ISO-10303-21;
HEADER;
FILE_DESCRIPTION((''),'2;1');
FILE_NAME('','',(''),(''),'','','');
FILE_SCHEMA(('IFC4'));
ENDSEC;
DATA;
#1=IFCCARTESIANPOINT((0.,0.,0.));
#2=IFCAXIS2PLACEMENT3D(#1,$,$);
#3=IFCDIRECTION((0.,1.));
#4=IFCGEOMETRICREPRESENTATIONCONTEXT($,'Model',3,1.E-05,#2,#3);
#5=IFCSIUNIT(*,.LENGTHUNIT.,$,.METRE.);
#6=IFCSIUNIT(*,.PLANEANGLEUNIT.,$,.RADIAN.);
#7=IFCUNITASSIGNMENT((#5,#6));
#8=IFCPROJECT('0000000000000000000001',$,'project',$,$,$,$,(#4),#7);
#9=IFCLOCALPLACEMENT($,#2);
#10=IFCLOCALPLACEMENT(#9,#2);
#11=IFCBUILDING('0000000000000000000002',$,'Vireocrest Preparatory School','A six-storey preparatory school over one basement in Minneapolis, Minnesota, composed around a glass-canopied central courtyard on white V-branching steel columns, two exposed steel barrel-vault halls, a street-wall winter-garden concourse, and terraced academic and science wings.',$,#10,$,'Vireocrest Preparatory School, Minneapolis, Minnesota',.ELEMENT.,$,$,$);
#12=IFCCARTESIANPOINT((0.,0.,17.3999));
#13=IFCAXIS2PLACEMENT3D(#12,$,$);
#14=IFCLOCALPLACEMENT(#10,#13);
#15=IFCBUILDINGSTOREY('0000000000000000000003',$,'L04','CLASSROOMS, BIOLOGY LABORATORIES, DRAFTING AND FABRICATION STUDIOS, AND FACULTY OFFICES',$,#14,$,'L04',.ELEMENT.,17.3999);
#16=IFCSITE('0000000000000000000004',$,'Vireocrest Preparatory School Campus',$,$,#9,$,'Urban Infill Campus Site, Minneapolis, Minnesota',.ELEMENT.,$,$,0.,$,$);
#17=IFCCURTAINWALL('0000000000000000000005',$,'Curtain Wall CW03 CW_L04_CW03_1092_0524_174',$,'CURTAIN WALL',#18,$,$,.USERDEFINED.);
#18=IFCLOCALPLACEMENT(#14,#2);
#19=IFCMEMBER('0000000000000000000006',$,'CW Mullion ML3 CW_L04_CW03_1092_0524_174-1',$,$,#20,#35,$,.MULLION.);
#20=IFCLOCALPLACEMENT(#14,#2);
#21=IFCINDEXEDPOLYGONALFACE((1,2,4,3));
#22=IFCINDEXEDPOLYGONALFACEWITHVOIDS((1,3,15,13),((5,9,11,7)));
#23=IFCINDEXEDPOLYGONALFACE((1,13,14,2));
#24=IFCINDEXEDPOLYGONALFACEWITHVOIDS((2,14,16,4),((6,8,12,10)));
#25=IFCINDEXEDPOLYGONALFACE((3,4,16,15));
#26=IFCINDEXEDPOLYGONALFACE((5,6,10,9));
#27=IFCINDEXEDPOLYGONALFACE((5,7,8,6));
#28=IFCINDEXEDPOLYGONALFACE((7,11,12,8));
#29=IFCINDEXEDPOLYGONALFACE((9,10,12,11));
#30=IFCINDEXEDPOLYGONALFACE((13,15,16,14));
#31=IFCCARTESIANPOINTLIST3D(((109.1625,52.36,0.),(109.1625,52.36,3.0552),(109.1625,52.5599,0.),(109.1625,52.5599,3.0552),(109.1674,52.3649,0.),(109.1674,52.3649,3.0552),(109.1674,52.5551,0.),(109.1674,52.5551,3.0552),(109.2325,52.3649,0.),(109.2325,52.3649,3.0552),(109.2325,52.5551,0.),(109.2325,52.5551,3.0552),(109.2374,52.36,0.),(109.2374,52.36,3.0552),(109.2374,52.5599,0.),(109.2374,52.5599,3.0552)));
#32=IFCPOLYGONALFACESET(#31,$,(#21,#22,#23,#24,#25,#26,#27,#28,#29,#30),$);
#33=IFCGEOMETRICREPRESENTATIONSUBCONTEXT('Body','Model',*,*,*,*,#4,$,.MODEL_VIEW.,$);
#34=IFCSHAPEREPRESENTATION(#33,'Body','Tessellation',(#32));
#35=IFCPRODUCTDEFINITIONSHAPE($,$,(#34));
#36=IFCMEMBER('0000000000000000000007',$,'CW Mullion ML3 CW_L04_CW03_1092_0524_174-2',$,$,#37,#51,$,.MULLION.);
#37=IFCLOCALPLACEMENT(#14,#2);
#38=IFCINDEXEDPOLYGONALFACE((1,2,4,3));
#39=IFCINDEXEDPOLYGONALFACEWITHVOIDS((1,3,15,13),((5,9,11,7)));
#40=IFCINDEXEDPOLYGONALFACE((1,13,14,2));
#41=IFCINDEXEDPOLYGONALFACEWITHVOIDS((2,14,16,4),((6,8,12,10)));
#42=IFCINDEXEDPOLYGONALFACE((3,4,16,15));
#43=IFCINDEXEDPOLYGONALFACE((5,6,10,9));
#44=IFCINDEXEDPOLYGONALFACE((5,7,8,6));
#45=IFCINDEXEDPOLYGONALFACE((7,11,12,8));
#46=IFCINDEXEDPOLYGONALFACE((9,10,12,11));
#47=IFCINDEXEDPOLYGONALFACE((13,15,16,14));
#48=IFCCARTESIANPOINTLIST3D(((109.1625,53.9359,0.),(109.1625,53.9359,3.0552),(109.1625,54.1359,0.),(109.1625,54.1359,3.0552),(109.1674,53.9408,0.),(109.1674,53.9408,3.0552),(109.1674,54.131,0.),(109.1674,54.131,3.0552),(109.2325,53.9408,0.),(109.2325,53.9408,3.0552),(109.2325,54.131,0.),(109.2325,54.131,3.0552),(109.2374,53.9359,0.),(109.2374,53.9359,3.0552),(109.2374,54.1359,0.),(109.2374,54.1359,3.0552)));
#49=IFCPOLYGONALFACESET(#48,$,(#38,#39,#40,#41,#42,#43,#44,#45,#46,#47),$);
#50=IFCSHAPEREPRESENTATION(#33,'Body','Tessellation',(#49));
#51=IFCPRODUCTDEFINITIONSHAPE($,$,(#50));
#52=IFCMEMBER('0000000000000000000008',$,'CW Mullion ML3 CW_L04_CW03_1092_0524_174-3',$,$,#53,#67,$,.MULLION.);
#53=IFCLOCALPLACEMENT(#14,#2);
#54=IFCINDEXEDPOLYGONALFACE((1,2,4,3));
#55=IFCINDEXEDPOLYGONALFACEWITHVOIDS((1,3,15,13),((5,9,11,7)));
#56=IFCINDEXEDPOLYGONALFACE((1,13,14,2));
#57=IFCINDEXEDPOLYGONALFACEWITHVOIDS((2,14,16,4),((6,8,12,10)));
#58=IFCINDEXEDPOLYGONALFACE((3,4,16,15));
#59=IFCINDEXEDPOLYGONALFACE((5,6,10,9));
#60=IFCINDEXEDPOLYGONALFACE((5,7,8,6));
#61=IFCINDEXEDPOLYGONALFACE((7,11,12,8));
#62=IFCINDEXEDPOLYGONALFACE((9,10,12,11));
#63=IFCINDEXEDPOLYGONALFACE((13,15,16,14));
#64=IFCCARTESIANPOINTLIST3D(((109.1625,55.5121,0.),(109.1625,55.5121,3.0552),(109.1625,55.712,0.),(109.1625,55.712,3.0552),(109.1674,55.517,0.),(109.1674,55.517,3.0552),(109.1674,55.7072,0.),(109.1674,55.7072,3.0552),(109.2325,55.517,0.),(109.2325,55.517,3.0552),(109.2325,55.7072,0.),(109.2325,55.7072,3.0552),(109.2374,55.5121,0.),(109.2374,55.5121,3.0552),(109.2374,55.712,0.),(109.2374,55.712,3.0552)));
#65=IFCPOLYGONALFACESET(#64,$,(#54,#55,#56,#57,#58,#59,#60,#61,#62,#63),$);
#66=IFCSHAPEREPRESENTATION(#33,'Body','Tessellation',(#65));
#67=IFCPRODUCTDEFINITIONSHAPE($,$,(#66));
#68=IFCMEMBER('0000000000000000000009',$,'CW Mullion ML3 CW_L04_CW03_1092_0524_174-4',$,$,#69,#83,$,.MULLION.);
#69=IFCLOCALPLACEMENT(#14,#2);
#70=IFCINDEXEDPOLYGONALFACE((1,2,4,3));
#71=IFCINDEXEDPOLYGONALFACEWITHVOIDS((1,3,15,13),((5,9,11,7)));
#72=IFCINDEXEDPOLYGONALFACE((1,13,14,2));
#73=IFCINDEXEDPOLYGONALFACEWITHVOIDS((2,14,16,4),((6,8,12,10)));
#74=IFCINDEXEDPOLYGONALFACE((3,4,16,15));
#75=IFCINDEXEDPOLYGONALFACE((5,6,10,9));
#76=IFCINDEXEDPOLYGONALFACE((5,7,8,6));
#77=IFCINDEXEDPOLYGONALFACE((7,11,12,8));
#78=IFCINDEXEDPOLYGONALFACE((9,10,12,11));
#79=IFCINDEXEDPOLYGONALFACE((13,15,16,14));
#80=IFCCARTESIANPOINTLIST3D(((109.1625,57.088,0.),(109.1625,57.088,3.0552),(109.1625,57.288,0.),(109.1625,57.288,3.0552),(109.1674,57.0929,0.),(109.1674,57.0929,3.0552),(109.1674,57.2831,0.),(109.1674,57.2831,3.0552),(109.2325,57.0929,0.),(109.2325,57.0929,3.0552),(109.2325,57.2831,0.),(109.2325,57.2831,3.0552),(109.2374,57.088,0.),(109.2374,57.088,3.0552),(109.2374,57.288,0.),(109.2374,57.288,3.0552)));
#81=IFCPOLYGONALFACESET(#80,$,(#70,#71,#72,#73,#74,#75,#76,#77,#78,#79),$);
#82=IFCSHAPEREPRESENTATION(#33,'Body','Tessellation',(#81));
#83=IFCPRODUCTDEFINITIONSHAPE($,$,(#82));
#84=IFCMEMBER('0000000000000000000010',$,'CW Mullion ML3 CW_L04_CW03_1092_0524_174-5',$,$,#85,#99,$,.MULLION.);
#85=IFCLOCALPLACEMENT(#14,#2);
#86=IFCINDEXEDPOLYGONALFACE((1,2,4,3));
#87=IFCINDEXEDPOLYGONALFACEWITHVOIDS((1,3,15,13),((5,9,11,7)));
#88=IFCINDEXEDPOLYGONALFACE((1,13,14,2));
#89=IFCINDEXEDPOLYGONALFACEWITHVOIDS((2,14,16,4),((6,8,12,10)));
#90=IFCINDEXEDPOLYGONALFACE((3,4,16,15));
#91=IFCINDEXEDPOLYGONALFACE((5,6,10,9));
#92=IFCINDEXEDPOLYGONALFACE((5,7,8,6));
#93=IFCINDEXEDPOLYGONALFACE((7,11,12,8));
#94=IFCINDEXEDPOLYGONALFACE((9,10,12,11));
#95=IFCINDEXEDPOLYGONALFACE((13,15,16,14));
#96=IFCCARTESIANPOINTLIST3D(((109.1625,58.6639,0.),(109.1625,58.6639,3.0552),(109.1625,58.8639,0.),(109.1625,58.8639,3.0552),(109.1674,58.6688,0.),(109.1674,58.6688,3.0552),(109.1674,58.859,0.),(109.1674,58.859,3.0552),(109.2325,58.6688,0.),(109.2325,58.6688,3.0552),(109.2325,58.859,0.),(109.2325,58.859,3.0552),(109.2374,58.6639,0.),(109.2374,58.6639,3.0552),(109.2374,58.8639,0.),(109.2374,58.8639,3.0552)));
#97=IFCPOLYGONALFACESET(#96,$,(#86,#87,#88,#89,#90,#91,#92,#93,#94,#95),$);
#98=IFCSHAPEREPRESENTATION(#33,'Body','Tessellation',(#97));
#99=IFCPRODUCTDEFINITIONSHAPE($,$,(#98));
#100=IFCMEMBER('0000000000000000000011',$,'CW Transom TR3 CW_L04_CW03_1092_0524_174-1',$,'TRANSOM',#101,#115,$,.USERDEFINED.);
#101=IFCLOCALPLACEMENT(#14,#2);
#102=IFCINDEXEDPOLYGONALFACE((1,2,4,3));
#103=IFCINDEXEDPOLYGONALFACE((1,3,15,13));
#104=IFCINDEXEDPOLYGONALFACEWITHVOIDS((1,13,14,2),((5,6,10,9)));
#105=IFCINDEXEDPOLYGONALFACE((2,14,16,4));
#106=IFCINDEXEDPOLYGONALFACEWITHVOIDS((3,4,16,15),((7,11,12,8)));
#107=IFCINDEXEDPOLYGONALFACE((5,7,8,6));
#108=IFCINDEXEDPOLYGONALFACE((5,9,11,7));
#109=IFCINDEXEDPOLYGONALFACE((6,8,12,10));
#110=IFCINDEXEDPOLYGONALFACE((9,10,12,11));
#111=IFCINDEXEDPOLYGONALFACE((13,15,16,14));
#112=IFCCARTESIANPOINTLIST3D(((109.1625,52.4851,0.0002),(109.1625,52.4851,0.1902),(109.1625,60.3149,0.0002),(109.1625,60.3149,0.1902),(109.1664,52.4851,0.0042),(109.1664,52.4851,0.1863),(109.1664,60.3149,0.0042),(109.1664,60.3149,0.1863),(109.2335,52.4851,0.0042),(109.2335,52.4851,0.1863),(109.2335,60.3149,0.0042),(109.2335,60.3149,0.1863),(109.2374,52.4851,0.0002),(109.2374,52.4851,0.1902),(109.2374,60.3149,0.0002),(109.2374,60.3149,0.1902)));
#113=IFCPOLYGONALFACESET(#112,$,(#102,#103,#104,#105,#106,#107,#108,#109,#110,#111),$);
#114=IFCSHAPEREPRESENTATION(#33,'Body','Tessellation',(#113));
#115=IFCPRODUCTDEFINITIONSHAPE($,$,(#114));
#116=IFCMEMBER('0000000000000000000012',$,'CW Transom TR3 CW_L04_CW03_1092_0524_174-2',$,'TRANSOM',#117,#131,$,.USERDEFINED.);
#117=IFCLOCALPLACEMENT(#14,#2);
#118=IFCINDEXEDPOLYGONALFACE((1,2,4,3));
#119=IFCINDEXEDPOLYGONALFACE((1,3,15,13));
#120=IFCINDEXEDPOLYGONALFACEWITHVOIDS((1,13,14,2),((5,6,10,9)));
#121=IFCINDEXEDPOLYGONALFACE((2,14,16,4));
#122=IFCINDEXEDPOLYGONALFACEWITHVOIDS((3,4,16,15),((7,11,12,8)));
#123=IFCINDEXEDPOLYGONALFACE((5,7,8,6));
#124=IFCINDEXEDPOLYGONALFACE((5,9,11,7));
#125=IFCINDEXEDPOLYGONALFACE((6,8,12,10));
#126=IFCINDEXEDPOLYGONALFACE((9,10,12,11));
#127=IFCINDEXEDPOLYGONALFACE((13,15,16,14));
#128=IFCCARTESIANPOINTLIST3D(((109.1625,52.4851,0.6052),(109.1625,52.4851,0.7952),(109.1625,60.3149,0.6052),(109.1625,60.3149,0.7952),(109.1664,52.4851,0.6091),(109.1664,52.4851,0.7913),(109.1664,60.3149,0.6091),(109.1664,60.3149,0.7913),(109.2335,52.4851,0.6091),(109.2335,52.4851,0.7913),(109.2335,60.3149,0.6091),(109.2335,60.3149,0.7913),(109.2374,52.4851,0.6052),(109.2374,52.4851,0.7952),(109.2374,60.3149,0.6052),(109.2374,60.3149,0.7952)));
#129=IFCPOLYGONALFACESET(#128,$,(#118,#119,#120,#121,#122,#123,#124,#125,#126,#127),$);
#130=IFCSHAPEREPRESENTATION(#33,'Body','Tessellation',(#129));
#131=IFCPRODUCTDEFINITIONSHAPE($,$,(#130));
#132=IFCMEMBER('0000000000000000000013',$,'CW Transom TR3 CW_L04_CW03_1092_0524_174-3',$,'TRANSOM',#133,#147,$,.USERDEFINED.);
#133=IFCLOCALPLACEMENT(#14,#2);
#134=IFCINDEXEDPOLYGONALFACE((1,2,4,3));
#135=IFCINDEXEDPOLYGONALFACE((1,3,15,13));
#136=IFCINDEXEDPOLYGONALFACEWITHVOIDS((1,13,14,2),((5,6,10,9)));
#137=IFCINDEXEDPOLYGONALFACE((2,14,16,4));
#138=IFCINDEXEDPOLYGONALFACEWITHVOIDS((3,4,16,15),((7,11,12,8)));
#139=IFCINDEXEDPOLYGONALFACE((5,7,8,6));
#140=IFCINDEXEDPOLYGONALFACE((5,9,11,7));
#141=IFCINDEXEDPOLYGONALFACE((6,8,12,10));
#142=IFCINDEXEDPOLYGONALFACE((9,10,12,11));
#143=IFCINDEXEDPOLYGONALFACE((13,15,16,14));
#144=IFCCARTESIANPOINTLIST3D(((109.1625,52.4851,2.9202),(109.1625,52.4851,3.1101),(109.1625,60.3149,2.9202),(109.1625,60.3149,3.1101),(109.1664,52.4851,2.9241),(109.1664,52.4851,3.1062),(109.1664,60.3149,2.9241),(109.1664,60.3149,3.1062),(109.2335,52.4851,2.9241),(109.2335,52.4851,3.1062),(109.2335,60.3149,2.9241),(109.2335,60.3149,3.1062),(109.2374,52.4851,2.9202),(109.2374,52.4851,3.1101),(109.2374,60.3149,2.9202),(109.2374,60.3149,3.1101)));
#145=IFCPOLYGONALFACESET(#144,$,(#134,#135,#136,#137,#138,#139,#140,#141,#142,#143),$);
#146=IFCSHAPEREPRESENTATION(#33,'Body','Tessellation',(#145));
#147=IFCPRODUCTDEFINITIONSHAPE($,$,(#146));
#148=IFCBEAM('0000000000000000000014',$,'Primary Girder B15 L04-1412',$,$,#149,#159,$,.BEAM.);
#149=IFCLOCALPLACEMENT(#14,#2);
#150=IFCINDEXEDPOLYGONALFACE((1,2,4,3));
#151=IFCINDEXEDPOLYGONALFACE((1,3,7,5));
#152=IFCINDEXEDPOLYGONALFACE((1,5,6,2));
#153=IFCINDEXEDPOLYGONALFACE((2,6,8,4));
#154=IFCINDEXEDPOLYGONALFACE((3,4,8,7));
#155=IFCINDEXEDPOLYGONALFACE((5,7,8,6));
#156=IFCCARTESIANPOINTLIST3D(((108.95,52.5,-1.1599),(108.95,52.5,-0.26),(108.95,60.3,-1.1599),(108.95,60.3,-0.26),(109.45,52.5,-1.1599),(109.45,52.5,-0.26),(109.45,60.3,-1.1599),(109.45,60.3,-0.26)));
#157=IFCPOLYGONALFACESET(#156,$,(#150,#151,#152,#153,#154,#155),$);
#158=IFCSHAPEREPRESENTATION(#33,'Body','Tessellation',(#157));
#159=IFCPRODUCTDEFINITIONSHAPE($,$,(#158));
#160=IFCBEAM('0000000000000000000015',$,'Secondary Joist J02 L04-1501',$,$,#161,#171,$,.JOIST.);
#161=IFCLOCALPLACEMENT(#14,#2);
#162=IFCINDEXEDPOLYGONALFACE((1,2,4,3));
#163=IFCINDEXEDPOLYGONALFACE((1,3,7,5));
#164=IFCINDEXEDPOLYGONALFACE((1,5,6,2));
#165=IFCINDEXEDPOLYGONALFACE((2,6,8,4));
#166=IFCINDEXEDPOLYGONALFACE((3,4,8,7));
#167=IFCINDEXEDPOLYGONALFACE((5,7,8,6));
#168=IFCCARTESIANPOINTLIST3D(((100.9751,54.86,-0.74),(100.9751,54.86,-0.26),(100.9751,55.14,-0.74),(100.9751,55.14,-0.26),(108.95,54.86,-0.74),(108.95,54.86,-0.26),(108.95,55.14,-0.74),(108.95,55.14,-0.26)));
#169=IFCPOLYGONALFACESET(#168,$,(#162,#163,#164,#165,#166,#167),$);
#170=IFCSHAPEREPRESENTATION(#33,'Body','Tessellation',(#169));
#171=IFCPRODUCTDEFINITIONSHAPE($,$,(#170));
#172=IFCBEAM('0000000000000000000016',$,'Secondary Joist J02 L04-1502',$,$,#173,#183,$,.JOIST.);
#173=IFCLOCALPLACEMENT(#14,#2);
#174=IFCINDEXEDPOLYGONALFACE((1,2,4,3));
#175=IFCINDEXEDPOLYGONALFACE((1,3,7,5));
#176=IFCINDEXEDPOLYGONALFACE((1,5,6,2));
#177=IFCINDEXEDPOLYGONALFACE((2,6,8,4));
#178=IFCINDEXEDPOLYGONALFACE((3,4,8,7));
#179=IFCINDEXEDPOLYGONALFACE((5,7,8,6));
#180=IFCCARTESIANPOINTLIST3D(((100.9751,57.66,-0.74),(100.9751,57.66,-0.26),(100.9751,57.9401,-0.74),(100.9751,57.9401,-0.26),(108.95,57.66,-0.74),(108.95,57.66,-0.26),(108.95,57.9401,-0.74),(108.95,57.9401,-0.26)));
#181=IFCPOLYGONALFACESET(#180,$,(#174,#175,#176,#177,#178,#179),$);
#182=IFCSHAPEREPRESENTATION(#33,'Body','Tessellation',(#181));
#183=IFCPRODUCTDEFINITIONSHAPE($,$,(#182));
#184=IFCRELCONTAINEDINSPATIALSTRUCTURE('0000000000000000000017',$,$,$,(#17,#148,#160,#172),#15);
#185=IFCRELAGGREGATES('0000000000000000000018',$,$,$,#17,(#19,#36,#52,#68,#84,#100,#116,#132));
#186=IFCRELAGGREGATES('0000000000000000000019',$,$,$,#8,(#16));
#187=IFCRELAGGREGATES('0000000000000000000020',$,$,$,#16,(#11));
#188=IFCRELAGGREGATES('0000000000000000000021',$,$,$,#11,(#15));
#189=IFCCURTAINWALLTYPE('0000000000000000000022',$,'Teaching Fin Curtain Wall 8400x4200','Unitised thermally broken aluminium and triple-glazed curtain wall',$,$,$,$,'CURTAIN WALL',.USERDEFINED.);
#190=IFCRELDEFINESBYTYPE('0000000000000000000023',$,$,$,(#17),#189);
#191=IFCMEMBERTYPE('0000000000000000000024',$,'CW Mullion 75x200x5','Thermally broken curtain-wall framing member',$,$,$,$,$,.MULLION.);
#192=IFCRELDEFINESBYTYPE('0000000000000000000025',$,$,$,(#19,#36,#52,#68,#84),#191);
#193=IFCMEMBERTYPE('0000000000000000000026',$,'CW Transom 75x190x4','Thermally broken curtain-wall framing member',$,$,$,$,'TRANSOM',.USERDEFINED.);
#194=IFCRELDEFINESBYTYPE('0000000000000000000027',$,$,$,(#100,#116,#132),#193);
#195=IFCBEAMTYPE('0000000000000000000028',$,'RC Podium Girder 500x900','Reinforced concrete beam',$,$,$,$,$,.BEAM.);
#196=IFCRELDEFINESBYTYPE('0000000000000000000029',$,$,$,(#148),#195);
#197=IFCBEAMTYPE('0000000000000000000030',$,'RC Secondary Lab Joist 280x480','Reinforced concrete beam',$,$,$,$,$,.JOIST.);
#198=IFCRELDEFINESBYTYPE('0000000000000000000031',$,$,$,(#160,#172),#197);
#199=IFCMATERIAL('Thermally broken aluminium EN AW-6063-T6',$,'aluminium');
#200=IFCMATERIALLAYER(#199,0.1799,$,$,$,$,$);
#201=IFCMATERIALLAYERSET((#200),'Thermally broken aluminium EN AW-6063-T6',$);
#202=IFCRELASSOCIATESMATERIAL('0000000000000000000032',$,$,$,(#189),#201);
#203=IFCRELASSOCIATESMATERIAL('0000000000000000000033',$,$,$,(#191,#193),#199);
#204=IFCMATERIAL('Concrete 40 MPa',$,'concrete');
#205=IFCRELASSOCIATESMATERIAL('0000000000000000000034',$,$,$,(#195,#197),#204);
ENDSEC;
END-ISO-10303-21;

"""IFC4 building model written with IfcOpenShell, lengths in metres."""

from ifc_helpers import new_model, si_unit, direction, frame, origin, origin_2d, place, context, subcontext, project, spatial, rectangle, hollow_rectangle, extrude, material, layer, layer_set, material_profile, profile_set, type_object, element, aggregate, save


model = new_model("IFC4")

# Units and contexts
model_context = context("Model", 3, precision=1e-05, world=origin(), true_north=direction((0.0, 1.0)))
body_context = subcontext(model_context, "Body", "Model", "MODEL_VIEW")
ifc_project = project(units=[si_unit("LENGTHUNIT", "METRE"), si_unit("PLANEANGLEUNIT", "RADIAN")], contexts=[model_context])

# Site, building, storey
site_placement = place(None, origin())
site = spatial("IfcSite", under=ifc_project, at=site_placement, Name="Vireocrest Preparatory School Campus", LongName="Urban Infill Campus Site, Minneapolis, Minnesota", CompositionType="ELEMENT", RefElevation=0.0)
building_placement = place(site_placement, origin())
building = spatial("IfcBuilding", under=site, at=building_placement, Name="Vireocrest Preparatory School", Description="A six-storey preparatory school over one basement in Minneapolis, Minnesota, composed around a glass-canopied central courtyard on white V-branching steel columns, two exposed steel barrel-vault halls, a street-wall winter-garden concourse, and terraced academic and science wings.", LongName="Vireocrest Preparatory School, Minneapolis, Minnesota", CompositionType="ELEMENT")
storey_placement = place(building_placement, frame((0.0, 0.0, 17.3999)))
storey = spatial("IfcBuildingStorey", under=building, at=storey_placement, Name="L04", Description="CLASSROOMS, BIOLOGY LABORATORIES, DRAFTING AND FABRICATION STUDIOS, AND FACULTY OFFICES", LongName="L04", CompositionType="ELEMENT", Elevation=17.3999)

# Curtain wall, members
ifc_material_1 = material(Name="Thermally broken aluminium EN AW-6063-T6", Category="aluminium")
ifc_layer_1 = layer(ifc_material_1, 0.1799)
ifc_layer_set_1 = layer_set([ifc_layer_1], Name="Thermally broken aluminium EN AW-6063-T6")
curtain_wall_type = type_object("IfcCurtainWallType", Name="Teaching Fin Curtain Wall 8400x4200", Description="Unitised thermally broken aluminium and triple-glazed curtain wall", ElementType="CURTAIN WALL", PredefinedType="USERDEFINED", material=ifc_layer_set_1)
curtain_wall_placement = place(storey_placement, origin())
curtain_wall = element("IfcCurtainWall", 1, at=curtain_wall_placement, inside=storey, type_object=curtain_wall_type, Name="Curtain Wall CW03 CW_L04_CW03_1092_0524_174", ObjectType="CURTAIN WALL", PredefinedType="USERDEFINED")
ifc_material_profile_1 = material_profile(ifc_material_1, hollow_rectangle(XDim=0.075, YDim=0.2, WallThickness=0.0049, at=origin_2d()), Name="ALU 75x200x5")
ifc_profile_set_1 = profile_set([ifc_material_profile_1], Name="Thermally broken aluminium EN AW-6063-T6")
member_type_1 = type_object("IfcMemberType", Name="CW Mullion 75x200x5", Description="Thermally broken curtain-wall framing member", PredefinedType="MULLION", material=ifc_profile_set_1)
member_1_placement = place(storey_placement, frame((109.2, 52.46, 0.0), z_axis=(0.0, 0.0, 1.0), x_axis=(1.0, 0.0, 0.0)))
member_1 = element("IfcMember", 2, at=member_1_placement, type_object=member_type_1, Name="CW Mullion ML3 CW_L04_CW03_1092_0524_174-1", PredefinedType="MULLION", context=body_context, shape_type="SweptSolid", body=[
    extrude(hollow_rectangle(XDim=0.075, YDim=0.2, WallThickness=0.0049, at=origin_2d()), origin(), (0.0, 0.0, 1.0), 3.0552),
])
member_2_placement = place(storey_placement, frame((109.2, 54.0359, 0.0), z_axis=(0.0, 0.0, 1.0), x_axis=(1.0, 0.0, 0.0)))
member_2 = element("IfcMember", 3, at=member_2_placement, type_object=member_type_1, Name="CW Mullion ML3 CW_L04_CW03_1092_0524_174-2", PredefinedType="MULLION", context=body_context, shape_type="SweptSolid", body=[
    extrude(hollow_rectangle(XDim=0.075, YDim=0.2, WallThickness=0.0049, at=origin_2d()), origin(), (0.0, 0.0, 1.0), 3.0552),
])
member_3_placement = place(storey_placement, frame((109.2, 55.6121, 0.0), z_axis=(0.0, 0.0, 1.0), x_axis=(1.0, 0.0, 0.0)))
member_3 = element("IfcMember", 4, at=member_3_placement, type_object=member_type_1, Name="CW Mullion ML3 CW_L04_CW03_1092_0524_174-3", PredefinedType="MULLION", context=body_context, shape_type="SweptSolid", body=[
    extrude(hollow_rectangle(XDim=0.075, YDim=0.2, WallThickness=0.0049, at=origin_2d()), origin(), (0.0, 0.0, 1.0), 3.0552),
])
member_4_placement = place(storey_placement, frame((109.2, 57.188, 0.0), z_axis=(0.0, 0.0, 1.0), x_axis=(1.0, 0.0, 0.0)))
member_4 = element("IfcMember", 5, at=member_4_placement, type_object=member_type_1, Name="CW Mullion ML3 CW_L04_CW03_1092_0524_174-4", PredefinedType="MULLION", context=body_context, shape_type="SweptSolid", body=[
    extrude(hollow_rectangle(XDim=0.075, YDim=0.2, WallThickness=0.0049, at=origin_2d()), origin(), (0.0, 0.0, 1.0), 3.0552),
])
member_5_placement = place(storey_placement, frame((109.2, 58.7639, 0.0), z_axis=(0.0, 0.0, 1.0), x_axis=(1.0, 0.0, 0.0)))
member_5 = element("IfcMember", 6, at=member_5_placement, type_object=member_type_1, Name="CW Mullion ML3 CW_L04_CW03_1092_0524_174-5", PredefinedType="MULLION", context=body_context, shape_type="SweptSolid", body=[
    extrude(hollow_rectangle(XDim=0.075, YDim=0.2, WallThickness=0.0049, at=origin_2d()), origin(), (0.0, 0.0, 1.0), 3.0552),
])
ifc_material_profile_2 = material_profile(ifc_material_1, hollow_rectangle(XDim=0.075, YDim=0.1899, WallThickness=0.0039, at=origin_2d()), Name="ALU 75x190x4")
ifc_profile_set_2 = profile_set([ifc_material_profile_2], Name="Thermally broken aluminium EN AW-6063-T6")
member_type_2 = type_object("IfcMemberType", Name="CW Transom 75x190x4", Description="Thermally broken curtain-wall framing member", ElementType="TRANSOM", PredefinedType="USERDEFINED", material=ifc_profile_set_2)
member_6_placement = place(storey_placement, frame((109.2, 52.4851, 0.0952), z_axis=(0.0, 1.0, 0.0), x_axis=(-1.0, 0.0, 0.0)))
member_6 = element("IfcMember", 7, at=member_6_placement, type_object=member_type_2, Name="CW Transom TR3 CW_L04_CW03_1092_0524_174-1", ObjectType="TRANSOM", PredefinedType="USERDEFINED", context=body_context, shape_type="SweptSolid", body=[
    extrude(hollow_rectangle(XDim=0.075, YDim=0.1899, WallThickness=0.0039, at=origin_2d()), origin(), (0.0, 0.0, 1.0), 7.8298),
])
member_7_placement = place(storey_placement, frame((109.2, 52.4851, 0.7002), z_axis=(0.0, 1.0, 0.0), x_axis=(-1.0, 0.0, 0.0)))
member_7 = element("IfcMember", 8, at=member_7_placement, type_object=member_type_2, Name="CW Transom TR3 CW_L04_CW03_1092_0524_174-2", ObjectType="TRANSOM", PredefinedType="USERDEFINED", context=body_context, shape_type="SweptSolid", body=[
    extrude(hollow_rectangle(XDim=0.075, YDim=0.1899, WallThickness=0.0039, at=origin_2d()), origin(), (0.0, 0.0, 1.0), 7.8298),
])
member_8_placement = place(storey_placement, frame((109.2, 52.4851, 3.0151), z_axis=(0.0, 1.0, 0.0), x_axis=(-1.0, 0.0, 0.0)))
member_8 = element("IfcMember", 9, at=member_8_placement, type_object=member_type_2, Name="CW Transom TR3 CW_L04_CW03_1092_0524_174-3", ObjectType="TRANSOM", PredefinedType="USERDEFINED", context=body_context, shape_type="SweptSolid", body=[
    extrude(hollow_rectangle(XDim=0.075, YDim=0.1899, WallThickness=0.0039, at=origin_2d()), origin(), (0.0, 0.0, 1.0), 7.8298),
])

# Beams
ifc_material_2 = material(Name="Concrete 40 MPa", Category="concrete")
ifc_material_profile_3 = material_profile(ifc_material_2, rectangle(XDim=0.5, YDim=0.8999, at=origin_2d()), Name="RC 500x900")
ifc_profile_set_3 = profile_set([ifc_material_profile_3], Name="Concrete 40 MPa")
beam_type_1 = type_object("IfcBeamType", Name="RC Podium Girder 500x900", Description="Reinforced concrete beam", PredefinedType="BEAM", material=ifc_profile_set_3)
beam_placement = place(storey_placement, frame((109.2, 52.5, -0.71), z_axis=(0.0, 1.0, 0.0), x_axis=(-1.0, 0.0, 0.0)))
element("IfcBeam", 10, at=beam_placement, inside=storey, type_object=beam_type_1, Name="Primary Girder B15 L04-1412", PredefinedType="BEAM", context=body_context, shape_type="SweptSolid", body=[
    extrude(rectangle(XDim=0.5, YDim=0.8999, at=origin_2d()), origin(), (0.0, 0.0, 1.0), 7.8),
])
ifc_material_profile_4 = material_profile(ifc_material_2, rectangle(XDim=0.28, YDim=0.48, at=origin_2d()), Name="RC 280x480")
ifc_profile_set_4 = profile_set([ifc_material_profile_4], Name="Concrete 40 MPa")
beam_type_2 = type_object("IfcBeamType", Name="RC Secondary Lab Joist 280x480", Description="Reinforced concrete beam", PredefinedType="JOIST", material=ifc_profile_set_4)
for number, where, z_axis, x_axis, name in (
    (11, (100.9751, 55.0, -0.5), (1.0, 0.0, 0.0), (0.0, 1.0, 0.0), "Secondary Joist J02 L04-1501"),
    (12, (100.9751, 57.8, -0.5), (1.0, 0.0, 0.0), (0.0, 1.0, 0.0), "Secondary Joist J02 L04-1502"),
):
    element("IfcBeam", number, at=place(storey_placement, frame(where, z_axis=z_axis, x_axis=x_axis)), inside=storey, type_object=beam_type_2, Name=name, PredefinedType="JOIST", context=body_context, shape_type="SweptSolid", body=[
        extrude(rectangle(XDim=0.28, YDim=0.48, at=origin_2d()), origin(), (0.0, 0.0, 1.0), 7.9749),
    ])

aggregate(curtain_wall, [member_1, member_2, member_3, member_4, member_5, member_6, member_7, member_8])

save(model, "model.ifc")
